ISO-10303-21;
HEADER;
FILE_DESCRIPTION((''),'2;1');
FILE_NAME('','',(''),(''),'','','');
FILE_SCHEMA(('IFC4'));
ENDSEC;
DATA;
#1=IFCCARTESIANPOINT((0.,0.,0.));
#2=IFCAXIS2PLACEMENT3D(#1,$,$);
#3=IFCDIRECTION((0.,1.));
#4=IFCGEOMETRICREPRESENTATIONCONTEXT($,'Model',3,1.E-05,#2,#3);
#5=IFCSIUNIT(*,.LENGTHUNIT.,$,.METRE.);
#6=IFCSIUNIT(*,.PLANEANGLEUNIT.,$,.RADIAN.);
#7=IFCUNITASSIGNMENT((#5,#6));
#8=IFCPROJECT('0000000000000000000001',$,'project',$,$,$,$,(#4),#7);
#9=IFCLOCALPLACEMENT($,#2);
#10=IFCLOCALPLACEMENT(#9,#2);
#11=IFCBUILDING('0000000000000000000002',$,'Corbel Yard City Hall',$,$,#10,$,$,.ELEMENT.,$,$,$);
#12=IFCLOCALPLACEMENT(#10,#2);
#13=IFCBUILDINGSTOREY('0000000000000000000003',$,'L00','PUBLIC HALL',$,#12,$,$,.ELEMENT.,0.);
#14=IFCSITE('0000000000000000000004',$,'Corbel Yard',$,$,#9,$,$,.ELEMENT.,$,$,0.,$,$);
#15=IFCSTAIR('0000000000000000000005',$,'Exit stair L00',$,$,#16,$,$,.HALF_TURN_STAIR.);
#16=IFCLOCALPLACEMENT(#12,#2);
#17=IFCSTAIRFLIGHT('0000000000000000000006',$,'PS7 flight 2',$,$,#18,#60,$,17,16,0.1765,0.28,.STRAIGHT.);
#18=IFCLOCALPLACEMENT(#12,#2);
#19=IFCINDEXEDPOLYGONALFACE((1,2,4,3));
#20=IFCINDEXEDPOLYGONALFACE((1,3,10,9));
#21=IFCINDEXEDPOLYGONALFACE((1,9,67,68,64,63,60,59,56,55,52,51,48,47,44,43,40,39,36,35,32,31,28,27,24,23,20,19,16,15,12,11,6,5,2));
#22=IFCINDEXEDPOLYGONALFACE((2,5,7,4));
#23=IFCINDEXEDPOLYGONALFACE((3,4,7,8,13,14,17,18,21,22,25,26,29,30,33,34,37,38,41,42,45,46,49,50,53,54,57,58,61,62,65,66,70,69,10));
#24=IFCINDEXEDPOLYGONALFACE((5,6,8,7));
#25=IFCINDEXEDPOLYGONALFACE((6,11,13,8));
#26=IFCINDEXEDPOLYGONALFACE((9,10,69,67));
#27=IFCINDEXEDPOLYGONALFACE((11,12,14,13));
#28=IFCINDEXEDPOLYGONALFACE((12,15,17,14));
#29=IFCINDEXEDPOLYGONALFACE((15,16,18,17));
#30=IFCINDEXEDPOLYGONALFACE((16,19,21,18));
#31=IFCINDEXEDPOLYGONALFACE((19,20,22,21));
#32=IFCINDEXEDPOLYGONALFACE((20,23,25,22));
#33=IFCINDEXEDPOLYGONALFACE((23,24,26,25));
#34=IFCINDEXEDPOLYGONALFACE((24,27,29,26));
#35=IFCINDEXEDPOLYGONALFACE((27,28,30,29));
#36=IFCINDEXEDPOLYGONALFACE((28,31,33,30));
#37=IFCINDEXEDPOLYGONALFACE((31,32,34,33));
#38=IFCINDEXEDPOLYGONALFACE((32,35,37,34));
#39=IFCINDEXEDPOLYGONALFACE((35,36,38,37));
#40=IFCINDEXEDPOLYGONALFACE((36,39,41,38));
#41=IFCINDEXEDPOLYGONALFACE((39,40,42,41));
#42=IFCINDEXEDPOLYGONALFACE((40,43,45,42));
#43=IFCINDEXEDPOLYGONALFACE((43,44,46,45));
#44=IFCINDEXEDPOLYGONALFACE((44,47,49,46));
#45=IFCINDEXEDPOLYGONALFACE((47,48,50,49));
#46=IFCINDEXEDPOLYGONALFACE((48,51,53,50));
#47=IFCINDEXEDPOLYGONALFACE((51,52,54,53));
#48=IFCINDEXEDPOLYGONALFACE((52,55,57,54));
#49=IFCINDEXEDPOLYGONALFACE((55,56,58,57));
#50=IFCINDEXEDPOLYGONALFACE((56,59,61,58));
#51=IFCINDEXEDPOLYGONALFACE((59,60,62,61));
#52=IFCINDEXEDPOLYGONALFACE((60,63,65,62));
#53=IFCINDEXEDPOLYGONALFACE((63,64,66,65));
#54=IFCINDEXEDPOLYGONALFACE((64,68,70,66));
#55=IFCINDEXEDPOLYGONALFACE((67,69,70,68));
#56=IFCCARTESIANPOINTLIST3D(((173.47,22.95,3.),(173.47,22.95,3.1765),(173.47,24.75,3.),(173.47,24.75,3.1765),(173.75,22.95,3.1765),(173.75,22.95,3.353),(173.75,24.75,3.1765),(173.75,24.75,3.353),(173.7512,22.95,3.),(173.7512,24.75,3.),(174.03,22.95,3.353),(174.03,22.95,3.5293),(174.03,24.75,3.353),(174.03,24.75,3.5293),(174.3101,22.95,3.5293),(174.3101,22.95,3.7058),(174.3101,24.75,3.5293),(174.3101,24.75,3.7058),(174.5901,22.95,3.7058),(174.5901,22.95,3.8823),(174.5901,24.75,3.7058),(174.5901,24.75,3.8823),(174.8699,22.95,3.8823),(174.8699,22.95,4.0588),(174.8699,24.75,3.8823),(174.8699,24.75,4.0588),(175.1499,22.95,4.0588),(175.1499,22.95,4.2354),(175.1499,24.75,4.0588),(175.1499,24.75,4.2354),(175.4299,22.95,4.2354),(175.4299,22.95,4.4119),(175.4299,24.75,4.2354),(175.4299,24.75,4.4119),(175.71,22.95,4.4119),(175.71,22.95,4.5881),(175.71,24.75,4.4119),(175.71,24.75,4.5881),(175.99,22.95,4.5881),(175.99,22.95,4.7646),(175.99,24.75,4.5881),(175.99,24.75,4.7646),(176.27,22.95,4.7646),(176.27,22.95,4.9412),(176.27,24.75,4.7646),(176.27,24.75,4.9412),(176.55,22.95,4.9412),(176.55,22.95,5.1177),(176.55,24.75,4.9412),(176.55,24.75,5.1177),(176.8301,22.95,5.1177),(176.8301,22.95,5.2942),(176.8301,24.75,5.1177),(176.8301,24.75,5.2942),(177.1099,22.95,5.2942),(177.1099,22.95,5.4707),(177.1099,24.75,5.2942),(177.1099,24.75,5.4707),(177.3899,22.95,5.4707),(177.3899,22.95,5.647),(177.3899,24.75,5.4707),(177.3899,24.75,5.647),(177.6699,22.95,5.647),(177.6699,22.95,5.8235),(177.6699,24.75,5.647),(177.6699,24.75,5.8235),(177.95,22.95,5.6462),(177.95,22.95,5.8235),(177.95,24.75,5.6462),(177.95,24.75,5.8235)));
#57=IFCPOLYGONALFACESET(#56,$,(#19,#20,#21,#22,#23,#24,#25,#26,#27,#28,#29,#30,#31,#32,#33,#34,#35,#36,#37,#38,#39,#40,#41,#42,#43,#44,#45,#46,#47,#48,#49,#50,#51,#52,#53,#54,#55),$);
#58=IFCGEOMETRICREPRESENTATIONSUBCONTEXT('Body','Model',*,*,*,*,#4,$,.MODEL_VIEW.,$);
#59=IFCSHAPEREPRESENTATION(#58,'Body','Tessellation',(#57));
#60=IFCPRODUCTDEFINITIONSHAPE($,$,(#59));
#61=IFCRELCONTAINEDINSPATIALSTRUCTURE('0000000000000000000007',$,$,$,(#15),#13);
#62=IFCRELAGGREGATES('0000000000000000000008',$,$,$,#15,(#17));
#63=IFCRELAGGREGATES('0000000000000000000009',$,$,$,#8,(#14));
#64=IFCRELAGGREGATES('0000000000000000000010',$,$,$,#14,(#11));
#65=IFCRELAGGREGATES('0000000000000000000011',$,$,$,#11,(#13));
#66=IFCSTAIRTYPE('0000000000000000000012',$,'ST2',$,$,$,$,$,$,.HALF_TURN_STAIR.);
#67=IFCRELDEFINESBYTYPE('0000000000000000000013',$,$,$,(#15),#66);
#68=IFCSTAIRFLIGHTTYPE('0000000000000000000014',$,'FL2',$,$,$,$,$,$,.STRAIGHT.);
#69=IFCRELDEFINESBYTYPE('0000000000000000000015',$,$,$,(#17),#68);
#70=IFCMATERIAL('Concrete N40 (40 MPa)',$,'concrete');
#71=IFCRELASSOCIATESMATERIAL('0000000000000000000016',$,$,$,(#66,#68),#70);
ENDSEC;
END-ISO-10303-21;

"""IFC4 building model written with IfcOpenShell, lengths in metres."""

from ifc_helpers import new_model, si_unit, direction, frame, origin, place, context, subcontext, project, spatial, polyline, outline, extrude, material, type_object, element, aggregate, save


model = new_model("IFC4")

# Units and contexts
model_context = context("Model", 3, precision=1e-05, world=origin(), true_north=direction((0.0, 1.0)))
body_context = subcontext(model_context, "Body", "Model", "MODEL_VIEW")
ifc_project = project(units=[si_unit("LENGTHUNIT", "METRE"), si_unit("PLANEANGLEUNIT", "RADIAN")], contexts=[model_context])

# Site, building, storey
site_placement = place(None, origin())
site = spatial("IfcSite", under=ifc_project, at=site_placement, Name="Corbel Yard", CompositionType="ELEMENT", RefElevation=0.0)
building_placement = place(site_placement, origin())
building = spatial("IfcBuilding", under=site, at=building_placement, Name="Corbel Yard City Hall", CompositionType="ELEMENT")
storey_placement = place(building_placement, origin())
storey = spatial("IfcBuildingStorey", under=building, at=storey_placement, Name="L00", Description="PUBLIC HALL", CompositionType="ELEMENT", Elevation=0.0)

# Shared definitions
ifc_material_1 = material(Name="Concrete N40 (40 MPa)", Category="concrete")

# Stair, stair flight
stair_type = type_object("IfcStairType", Name="ST2", PredefinedType="HALF_TURN_STAIR", material=ifc_material_1)
stair_placement = place(storey_placement, origin())
stair = element("IfcStair", 1, at=stair_placement, inside=storey, type_object=stair_type, Name="Exit stair L00", PredefinedType="HALF_TURN_STAIR")
stair_flight_type = type_object("IfcStairFlightType", Name="FL2", PredefinedType="STRAIGHT", material=ifc_material_1)
stair_flight_1_placement = place(storey_placement, frame((173.47, 23.8501, 3.0), z_axis=(0.0, 0.0, 1.0), x_axis=(1.0, 0.0, 0.0)))
stair_flight_1 = element("IfcStairFlight", 2, at=stair_flight_1_placement, type_object=stair_flight_type, Name="PS7 flight 2", NumberOfRisers=17, NumberOfTreads=16, PredefinedType="STRAIGHT", RiserHeight=0.1765, TreadLength=0.28, context=body_context, shape_type="SweptSolid", body=[
    extrude(outline(polyline([(0.0, 0.0), (0.0, 0.1765), (0.28, 0.1765), (0.28, 0.353), (0.5601, 0.353), (0.5601, 0.5293), (0.8401, 0.5293), (0.8401, 0.7058), (1.1201, 0.7058), (1.1201, 0.8823), (1.3999, 0.8823), (1.3999, 1.0588), (1.6799, 1.0588), (1.6799, 1.2354), (1.96, 1.2354), (1.96, 1.4119), (2.24, 1.4119), (2.24, 1.5881), (2.52, 1.5881), (2.52, 1.7646), (2.8, 1.7646), (2.8, 1.9412), (3.0801, 1.9412), (3.0801, 2.1177), (3.3601, 2.1177), (3.3601, 2.2942), (3.6399, 2.2942), (3.6399, 2.4707), (3.9199, 2.4707), (3.9199, 2.647), (4.2, 2.647), (4.2, 2.8235), (4.48, 2.8235), (4.48, 3.0), (4.48, 2.6462), (0.2812, 0.0), (0.0, 0.0)])), frame((0.0, 0.8999, 0.0), z_axis=(0.0, -1.0, 0.0), x_axis=(1.0, 0.0, 0.0)), (0.0, 0.0, 1.0), 1.8),
])
aggregate(stair, [stair_flight_1])

save(model, "model.ifc")
